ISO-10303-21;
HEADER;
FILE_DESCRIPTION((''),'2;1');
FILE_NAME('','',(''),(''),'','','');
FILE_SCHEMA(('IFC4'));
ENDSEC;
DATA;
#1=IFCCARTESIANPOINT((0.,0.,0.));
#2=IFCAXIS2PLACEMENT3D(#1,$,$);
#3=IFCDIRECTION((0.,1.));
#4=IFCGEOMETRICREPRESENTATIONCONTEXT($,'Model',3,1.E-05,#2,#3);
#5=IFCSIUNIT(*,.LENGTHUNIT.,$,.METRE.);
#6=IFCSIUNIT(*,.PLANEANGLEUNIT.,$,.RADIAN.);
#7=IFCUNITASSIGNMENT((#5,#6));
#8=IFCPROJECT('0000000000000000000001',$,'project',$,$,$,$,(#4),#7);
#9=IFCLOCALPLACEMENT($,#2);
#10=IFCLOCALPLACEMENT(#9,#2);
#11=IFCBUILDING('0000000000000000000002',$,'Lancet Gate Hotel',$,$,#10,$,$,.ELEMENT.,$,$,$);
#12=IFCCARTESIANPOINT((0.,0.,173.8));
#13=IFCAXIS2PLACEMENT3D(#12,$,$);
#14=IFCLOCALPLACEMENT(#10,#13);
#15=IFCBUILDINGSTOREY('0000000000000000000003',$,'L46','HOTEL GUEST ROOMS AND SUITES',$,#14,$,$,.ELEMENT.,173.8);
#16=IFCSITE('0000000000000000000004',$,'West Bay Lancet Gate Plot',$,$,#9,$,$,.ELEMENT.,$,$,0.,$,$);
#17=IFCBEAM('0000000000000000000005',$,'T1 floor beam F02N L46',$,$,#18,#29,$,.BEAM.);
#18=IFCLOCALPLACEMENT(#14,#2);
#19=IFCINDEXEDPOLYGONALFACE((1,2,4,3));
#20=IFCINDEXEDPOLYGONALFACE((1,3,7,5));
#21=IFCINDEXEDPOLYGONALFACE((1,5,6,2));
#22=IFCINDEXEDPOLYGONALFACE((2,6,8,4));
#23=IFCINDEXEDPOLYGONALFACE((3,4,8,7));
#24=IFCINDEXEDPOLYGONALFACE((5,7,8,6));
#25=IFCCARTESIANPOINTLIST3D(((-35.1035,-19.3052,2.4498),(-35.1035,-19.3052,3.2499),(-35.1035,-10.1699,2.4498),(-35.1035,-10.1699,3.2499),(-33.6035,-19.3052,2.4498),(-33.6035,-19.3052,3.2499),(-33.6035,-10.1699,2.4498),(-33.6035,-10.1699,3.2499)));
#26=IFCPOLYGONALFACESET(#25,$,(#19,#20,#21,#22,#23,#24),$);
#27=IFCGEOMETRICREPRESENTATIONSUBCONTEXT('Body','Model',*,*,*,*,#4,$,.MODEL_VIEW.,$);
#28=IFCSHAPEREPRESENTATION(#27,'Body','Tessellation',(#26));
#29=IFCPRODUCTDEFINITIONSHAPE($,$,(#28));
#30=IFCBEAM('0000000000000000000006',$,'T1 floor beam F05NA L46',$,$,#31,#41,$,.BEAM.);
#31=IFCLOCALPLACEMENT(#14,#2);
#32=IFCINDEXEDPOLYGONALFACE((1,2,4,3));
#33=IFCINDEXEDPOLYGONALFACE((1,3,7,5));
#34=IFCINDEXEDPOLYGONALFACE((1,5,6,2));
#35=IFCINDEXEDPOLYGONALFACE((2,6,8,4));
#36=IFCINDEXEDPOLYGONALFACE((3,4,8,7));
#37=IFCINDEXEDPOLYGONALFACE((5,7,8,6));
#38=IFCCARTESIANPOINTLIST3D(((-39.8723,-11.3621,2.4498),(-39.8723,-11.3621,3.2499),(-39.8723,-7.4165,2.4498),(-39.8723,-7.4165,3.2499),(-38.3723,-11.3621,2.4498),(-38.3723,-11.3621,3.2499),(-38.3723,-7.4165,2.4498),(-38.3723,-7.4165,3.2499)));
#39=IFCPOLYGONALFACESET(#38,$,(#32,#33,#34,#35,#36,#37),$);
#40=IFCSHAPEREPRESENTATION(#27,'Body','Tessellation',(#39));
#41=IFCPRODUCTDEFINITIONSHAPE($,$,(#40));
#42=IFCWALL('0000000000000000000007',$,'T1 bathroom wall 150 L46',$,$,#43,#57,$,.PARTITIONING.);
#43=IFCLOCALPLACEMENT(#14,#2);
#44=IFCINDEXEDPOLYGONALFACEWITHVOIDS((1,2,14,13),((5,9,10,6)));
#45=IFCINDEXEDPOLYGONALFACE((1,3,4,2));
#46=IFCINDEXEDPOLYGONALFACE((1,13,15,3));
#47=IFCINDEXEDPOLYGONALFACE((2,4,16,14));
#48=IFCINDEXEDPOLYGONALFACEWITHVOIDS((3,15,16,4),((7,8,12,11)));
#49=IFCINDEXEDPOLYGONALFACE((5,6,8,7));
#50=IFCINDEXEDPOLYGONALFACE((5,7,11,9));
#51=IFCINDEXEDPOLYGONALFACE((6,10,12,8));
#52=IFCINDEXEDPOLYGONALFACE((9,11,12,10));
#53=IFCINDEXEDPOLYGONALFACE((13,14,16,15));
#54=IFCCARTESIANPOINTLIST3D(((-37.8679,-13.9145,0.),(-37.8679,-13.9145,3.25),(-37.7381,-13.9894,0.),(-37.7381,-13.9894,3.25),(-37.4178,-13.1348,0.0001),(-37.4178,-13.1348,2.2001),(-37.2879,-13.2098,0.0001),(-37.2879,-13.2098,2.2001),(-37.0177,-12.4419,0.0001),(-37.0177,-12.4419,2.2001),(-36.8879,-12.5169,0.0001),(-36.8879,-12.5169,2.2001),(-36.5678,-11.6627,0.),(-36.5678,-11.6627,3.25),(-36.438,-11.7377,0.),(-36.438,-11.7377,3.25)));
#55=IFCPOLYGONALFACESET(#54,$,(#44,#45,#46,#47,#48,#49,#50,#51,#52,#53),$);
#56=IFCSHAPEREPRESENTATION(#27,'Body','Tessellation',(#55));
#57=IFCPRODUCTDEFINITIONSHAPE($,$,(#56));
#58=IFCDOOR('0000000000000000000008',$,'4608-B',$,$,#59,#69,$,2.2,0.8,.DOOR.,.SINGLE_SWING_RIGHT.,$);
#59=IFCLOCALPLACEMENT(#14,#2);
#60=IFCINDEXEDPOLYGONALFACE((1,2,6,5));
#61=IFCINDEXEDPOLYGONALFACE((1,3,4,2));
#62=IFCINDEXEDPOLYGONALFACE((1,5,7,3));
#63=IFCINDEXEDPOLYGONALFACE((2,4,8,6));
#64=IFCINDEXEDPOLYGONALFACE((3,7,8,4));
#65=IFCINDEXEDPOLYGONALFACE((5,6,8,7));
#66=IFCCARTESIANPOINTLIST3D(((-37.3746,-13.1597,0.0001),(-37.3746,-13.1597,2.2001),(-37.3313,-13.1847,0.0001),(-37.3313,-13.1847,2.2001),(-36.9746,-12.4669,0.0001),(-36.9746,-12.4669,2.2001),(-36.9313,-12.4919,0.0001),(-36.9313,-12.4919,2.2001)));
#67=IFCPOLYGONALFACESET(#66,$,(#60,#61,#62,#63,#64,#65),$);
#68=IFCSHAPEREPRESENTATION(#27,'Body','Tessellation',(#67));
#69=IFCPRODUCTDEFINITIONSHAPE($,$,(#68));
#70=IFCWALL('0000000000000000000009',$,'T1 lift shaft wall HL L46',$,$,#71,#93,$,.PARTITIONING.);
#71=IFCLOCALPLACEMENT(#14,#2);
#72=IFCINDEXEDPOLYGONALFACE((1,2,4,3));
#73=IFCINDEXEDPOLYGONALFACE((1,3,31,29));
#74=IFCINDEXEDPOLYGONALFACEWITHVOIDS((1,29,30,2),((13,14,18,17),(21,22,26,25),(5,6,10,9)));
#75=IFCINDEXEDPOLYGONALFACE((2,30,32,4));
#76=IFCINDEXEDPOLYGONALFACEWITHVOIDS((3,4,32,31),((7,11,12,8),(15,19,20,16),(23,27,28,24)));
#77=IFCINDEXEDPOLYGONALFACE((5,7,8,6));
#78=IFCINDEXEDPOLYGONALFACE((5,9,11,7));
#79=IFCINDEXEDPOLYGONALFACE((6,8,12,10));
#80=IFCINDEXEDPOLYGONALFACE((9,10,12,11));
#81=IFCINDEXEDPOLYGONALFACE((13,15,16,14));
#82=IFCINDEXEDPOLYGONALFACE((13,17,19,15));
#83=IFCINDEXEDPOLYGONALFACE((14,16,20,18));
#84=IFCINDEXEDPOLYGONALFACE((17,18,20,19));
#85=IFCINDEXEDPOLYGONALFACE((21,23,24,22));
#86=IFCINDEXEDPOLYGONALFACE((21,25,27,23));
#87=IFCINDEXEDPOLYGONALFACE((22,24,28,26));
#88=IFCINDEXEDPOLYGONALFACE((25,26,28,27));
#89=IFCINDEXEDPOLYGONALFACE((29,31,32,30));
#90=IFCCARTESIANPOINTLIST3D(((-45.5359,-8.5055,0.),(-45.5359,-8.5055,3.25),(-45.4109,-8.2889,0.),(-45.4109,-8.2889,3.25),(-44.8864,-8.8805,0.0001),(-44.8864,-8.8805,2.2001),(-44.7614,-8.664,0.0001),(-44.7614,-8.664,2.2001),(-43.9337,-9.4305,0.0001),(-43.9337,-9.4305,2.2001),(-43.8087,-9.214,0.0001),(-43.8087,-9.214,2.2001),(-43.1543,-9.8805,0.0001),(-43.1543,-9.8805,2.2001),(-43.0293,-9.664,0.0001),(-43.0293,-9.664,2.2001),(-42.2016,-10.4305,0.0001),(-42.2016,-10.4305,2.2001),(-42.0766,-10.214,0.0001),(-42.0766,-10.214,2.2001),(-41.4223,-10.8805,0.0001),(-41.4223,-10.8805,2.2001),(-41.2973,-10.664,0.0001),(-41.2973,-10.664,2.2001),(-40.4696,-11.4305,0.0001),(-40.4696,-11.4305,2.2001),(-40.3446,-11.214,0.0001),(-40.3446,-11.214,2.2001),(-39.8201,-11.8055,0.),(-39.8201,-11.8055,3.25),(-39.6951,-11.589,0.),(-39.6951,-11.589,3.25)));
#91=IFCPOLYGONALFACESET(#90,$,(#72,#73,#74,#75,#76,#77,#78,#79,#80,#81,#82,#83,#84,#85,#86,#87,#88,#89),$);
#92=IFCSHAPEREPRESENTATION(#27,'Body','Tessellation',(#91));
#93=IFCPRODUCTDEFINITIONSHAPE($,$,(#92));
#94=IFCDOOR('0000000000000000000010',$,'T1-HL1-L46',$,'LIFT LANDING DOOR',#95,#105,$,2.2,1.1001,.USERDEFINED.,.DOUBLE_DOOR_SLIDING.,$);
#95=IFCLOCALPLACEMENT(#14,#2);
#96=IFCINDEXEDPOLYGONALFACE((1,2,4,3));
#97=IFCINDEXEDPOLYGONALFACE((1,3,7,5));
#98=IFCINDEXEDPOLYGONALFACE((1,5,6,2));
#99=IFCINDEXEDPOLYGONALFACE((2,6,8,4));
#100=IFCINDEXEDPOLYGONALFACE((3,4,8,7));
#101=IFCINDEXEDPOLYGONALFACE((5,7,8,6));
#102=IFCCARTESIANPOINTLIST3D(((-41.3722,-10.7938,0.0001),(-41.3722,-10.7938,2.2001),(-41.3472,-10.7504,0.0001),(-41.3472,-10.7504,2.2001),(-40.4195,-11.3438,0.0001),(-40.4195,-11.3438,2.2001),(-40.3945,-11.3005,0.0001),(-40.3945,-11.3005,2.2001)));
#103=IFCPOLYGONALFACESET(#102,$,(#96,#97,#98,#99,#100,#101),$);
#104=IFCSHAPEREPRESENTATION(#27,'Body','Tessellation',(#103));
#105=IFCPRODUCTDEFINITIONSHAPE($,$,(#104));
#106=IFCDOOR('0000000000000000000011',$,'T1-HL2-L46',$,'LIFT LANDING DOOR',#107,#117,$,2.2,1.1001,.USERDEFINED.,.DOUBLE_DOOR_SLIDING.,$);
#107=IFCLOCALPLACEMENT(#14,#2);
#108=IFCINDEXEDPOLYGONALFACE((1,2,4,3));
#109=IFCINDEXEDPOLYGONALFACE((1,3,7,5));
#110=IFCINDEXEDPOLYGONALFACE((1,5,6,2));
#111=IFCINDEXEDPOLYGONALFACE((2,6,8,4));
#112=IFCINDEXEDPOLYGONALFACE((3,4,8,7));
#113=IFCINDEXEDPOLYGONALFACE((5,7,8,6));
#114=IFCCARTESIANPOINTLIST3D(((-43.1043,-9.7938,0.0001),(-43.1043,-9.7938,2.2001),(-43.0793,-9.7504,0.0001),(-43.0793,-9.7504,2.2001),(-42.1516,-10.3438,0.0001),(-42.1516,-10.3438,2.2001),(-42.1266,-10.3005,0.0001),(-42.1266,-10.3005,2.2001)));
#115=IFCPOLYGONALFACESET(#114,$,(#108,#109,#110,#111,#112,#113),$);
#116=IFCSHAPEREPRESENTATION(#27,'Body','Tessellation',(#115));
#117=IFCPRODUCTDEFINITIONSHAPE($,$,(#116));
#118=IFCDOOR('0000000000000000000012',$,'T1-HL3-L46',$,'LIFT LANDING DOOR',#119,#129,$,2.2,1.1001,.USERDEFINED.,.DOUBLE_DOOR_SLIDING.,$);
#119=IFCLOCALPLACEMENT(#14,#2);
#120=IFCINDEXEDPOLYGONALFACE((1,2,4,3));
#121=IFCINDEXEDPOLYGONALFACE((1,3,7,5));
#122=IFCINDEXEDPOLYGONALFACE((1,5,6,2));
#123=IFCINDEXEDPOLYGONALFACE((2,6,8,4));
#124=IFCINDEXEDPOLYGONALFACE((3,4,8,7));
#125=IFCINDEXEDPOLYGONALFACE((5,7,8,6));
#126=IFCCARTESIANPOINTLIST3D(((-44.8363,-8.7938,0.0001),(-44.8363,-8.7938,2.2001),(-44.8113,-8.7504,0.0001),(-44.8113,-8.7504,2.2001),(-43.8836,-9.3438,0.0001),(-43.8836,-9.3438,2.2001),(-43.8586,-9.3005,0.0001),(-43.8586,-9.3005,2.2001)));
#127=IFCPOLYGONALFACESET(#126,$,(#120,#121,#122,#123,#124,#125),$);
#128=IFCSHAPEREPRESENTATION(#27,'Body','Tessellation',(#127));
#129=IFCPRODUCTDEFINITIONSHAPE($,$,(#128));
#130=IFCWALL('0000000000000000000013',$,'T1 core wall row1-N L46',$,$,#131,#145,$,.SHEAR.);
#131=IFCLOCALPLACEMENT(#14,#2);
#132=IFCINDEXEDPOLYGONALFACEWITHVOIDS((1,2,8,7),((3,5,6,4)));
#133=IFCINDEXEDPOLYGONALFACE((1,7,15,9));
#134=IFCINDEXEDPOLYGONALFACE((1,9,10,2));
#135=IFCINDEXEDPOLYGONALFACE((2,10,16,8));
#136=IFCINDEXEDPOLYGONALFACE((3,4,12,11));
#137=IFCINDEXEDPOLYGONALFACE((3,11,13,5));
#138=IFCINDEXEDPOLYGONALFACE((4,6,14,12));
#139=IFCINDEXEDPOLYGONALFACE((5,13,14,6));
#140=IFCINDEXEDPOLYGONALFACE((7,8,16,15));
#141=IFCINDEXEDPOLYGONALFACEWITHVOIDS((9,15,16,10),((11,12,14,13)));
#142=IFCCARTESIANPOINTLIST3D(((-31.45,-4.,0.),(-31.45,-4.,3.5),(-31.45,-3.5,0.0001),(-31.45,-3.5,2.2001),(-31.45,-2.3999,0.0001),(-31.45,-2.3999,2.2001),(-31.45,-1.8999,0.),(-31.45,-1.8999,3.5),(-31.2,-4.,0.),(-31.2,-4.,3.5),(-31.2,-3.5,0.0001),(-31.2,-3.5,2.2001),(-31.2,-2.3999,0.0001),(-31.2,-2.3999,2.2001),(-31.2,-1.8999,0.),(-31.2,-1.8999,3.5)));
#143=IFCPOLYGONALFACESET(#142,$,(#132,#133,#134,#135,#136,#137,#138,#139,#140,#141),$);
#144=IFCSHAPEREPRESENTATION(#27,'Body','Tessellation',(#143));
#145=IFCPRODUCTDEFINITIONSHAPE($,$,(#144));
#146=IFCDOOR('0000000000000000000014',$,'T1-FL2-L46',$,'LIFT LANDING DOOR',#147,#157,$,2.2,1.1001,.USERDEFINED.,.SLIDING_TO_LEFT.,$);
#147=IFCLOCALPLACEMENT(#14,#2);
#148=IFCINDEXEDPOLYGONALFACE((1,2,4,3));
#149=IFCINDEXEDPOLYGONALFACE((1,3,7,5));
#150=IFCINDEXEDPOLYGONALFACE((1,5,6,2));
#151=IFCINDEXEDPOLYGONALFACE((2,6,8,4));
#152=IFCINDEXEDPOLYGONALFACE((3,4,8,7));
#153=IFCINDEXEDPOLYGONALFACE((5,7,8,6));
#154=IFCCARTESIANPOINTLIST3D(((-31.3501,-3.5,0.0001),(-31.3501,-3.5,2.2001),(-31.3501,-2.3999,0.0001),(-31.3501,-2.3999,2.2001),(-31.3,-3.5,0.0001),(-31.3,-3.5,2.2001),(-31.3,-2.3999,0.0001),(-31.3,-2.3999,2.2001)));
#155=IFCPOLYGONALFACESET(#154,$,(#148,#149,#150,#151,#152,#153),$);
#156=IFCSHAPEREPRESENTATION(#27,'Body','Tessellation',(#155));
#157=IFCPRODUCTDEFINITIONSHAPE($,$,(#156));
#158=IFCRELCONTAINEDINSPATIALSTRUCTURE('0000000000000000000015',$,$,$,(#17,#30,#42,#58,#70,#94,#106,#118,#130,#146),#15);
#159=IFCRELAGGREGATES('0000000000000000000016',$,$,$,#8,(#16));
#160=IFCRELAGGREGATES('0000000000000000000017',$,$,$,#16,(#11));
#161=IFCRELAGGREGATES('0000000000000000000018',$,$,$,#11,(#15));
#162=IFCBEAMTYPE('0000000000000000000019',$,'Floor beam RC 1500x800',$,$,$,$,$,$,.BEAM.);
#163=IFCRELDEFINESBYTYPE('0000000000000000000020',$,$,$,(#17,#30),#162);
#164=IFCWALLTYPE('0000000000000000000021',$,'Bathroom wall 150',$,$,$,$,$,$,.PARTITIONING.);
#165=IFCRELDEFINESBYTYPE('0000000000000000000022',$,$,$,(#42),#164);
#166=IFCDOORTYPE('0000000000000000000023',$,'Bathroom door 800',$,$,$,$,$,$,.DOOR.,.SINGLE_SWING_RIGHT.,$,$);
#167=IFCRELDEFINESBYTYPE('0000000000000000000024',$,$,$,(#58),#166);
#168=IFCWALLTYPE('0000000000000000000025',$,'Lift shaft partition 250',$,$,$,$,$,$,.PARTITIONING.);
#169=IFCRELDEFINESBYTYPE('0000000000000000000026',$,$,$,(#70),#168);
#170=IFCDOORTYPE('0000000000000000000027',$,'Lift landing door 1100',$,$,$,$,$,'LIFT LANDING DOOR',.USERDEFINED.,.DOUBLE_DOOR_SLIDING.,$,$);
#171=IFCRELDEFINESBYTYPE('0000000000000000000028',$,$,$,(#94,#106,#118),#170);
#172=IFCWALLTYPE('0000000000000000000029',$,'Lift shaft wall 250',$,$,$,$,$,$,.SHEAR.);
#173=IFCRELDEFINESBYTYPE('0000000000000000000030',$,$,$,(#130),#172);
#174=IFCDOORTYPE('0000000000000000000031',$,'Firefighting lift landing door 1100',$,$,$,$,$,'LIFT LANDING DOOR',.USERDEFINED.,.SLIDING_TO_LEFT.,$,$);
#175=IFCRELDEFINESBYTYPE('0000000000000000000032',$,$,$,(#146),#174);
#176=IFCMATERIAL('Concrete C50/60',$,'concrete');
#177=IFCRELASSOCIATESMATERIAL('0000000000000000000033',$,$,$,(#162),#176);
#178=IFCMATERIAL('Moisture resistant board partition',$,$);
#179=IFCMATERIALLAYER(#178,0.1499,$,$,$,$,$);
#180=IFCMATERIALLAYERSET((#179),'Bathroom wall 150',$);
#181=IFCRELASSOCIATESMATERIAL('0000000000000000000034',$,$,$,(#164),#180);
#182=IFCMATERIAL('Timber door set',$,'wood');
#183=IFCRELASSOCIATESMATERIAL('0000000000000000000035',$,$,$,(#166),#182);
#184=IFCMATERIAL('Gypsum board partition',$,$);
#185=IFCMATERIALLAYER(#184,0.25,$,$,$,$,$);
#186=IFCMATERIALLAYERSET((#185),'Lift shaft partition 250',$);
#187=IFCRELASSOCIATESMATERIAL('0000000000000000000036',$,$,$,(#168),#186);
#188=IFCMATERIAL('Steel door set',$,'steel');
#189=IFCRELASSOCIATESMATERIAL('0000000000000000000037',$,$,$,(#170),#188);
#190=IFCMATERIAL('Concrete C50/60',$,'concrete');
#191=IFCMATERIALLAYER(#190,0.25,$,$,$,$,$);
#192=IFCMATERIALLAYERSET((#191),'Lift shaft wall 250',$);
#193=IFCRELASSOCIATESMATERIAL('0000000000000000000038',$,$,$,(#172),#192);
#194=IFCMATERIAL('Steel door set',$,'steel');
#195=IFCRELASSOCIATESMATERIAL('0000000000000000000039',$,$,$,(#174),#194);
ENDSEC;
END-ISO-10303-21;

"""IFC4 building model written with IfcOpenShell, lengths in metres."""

from ifc_helpers import new_model, si_unit, direction, frame, frame_2d, origin, origin_2d, place, context, subcontext, project, spatial, rectangle, extrude, material, layer, layer_set, material_profile, profile_set, type_object, element, fill, save


model = new_model("IFC4")

# Units and contexts
model_context = context("Model", 3, precision=1e-05, world=origin(), true_north=direction((0.0, 1.0)))
body_context = subcontext(model_context, "Body", "Model", "MODEL_VIEW")
ifc_project = project(units=[si_unit("LENGTHUNIT", "METRE"), si_unit("PLANEANGLEUNIT", "RADIAN")], contexts=[model_context])

# Site, building, storey
site_placement = place(None, origin())
site = spatial("IfcSite", under=ifc_project, at=site_placement, Name="West Bay Lancet Gate Plot", CompositionType="ELEMENT", RefElevation=0.0)
building_placement = place(site_placement, origin())
building = spatial("IfcBuilding", under=site, at=building_placement, Name="Lancet Gate Hotel", CompositionType="ELEMENT")
storey_placement = place(building_placement, frame((0.0, 0.0, 173.8)))
storey = spatial("IfcBuildingStorey", under=building, at=storey_placement, Name="L46", Description="HOTEL GUEST ROOMS AND SUITES", CompositionType="ELEMENT", Elevation=173.8)

# Beams
ifc_material_1 = material(Name="Concrete C50/60", Category="concrete")
ifc_material_profile = material_profile(ifc_material_1, rectangle(XDim=1.5, YDim=0.8, at=origin_2d()), Name="RC 1500x800")
ifc_profile_set = profile_set([ifc_material_profile], Name="Concrete C50/60")
beam_type = type_object("IfcBeamType", Name="Floor beam RC 1500x800", PredefinedType="BEAM", material=ifc_profile_set)
beam_1_placement = place(storey_placement, frame((-34.3535, -10.1699, 2.8499), z_axis=(0.0, -1.0, 0.0), x_axis=(1.0, 0.0, 0.0)))
element("IfcBeam", 1, at=beam_1_placement, inside=storey, type_object=beam_type, Name="T1 floor beam F02N L46", PredefinedType="BEAM", context=body_context, shape_type="SweptSolid", body=[
    extrude(rectangle(XDim=1.5, YDim=0.8, at=origin_2d()), origin(), (0.0, 0.0, 1.0), 9.1353),
])
beam_2_placement = place(storey_placement, frame((-39.1223, -7.4165, 2.8499), z_axis=(0.0, -1.0, 0.0), x_axis=(1.0, 0.0, 0.0)))
element("IfcBeam", 2, at=beam_2_placement, inside=storey, type_object=beam_type, Name="T1 floor beam F05NA L46", PredefinedType="BEAM", context=body_context, shape_type="SweptSolid", body=[
    extrude(rectangle(XDim=1.5, YDim=0.8, at=origin_2d()), origin(), (0.0, 0.0, 1.0), 3.9456),
])

# Wall, opening, door
ifc_material_2 = material(Name="Moisture resistant board partition")
ifc_layer_1 = layer(ifc_material_2, 0.1499)
ifc_layer_set_1 = layer_set([ifc_layer_1], Name="Bathroom wall 150")
wall_type_1 = type_object("IfcWallType", Name="Bathroom wall 150", PredefinedType="PARTITIONING", material=ifc_layer_set_1)
wall_1_placement = place(storey_placement, frame((-36.5029, -11.7002, 0.0), z_axis=(0.0, 0.0, 1.0), x_axis=(-0.500007, -0.866021, 0.0)))
wall_1 = element("IfcWall", 3, at=wall_1_placement, inside=storey, type_object=wall_type_1, Name="T1 bathroom wall 150 L46", PredefinedType="PARTITIONING", context=body_context, shape_type="SweptSolid", body=[
    extrude(rectangle(XDim=2.6001, YDim=0.1499, at=frame_2d((1.3, 0.0))), origin(), (0.0, 0.0, 1.0), 3.25),
])
opening_1_placement = place(wall_1_placement, frame((0.8999, 0.0, 0.0)))
opening_1 = element("IfcOpeningElement", 4, at=opening_1_placement, cuts=wall_1, PredefinedType="OPENING", context=body_context, shape_type="SweptSolid", body=[
    extrude(rectangle(XDim=0.8, YDim=2.2, at=frame_2d((0.3999, 1.1001))), frame((0.0, 0.085, 0.0), z_axis=(0.0, -1.0, 0.0), x_axis=(1.0, 0.0, 0.0)), (0.0, 0.0, 1.0), 0.1699),
])
ifc_material_3 = material(Name="Timber door set", Category="wood")
door_type_1 = type_object("IfcDoorType", Name="Bathroom door 800", OperationType="SINGLE_SWING_RIGHT", PredefinedType="DOOR", material=ifc_material_3)
door_1_placement = place(opening_1_placement, origin())
door_1 = element("IfcDoor", 5, at=door_1_placement, inside=storey, type_object=door_type_1, Name="4608-B", OperationType="SINGLE_SWING_RIGHT", OverallHeight=2.2, OverallWidth=0.8, PredefinedType="DOOR", context=body_context, shape_type="SweptSolid", body=[
    extrude(rectangle(XDim=0.8, YDim=2.2, at=frame_2d((0.3999, 1.1001))), frame((0.0, 0.0249, 0.0), z_axis=(0.0, -1.0, 0.0), x_axis=(1.0, 0.0, 0.0)), (0.0, 0.0, 1.0), 0.05),
])
fill(opening_1, door_1)

# Wall, openings, doors
ifc_material_4 = material(Name="Gypsum board partition")
ifc_layer_2 = layer(ifc_material_4, 0.25)
ifc_layer_set_2 = layer_set([ifc_layer_2], Name="Lift shaft partition 250")
wall_type_2 = type_object("IfcWallType", Name="Lift shaft partition 250", PredefinedType="PARTITIONING", material=ifc_layer_set_2)
wall_2_placement = place(storey_placement, frame((-39.7576, -11.6973, 0.0), z_axis=(0.0, 0.0, 1.0), x_axis=(-0.866024, 0.500002, 0.0)))
wall_2 = element("IfcWall", 6, at=wall_2_placement, inside=storey, type_object=wall_type_2, Name="T1 lift shaft wall HL L46", PredefinedType="PARTITIONING", context=body_context, shape_type="SweptSolid", body=[
    extrude(rectangle(XDim=6.6001, YDim=0.25, at=frame_2d((3.3, 0.0))), origin(), (0.0, 0.0, 1.0), 3.25),
])
opening_2_placement = place(wall_2_placement, frame((0.75, 0.0, 0.0)))
opening_2 = element("IfcOpeningElement", 7, at=opening_2_placement, cuts=wall_2, PredefinedType="OPENING", context=body_context, shape_type="SweptSolid", body=[
    extrude(rectangle(XDim=1.1001, YDim=2.2, at=frame_2d((0.55, 1.1001))), frame((0.0, 0.135, 0.0), z_axis=(0.0, -1.0, 0.0), x_axis=(1.0, 0.0, 0.0)), (0.0, 0.0, 1.0), 0.27),
])
opening_3_placement = place(wall_2_placement, frame((2.75, 0.0, 0.0)))
opening_3 = element("IfcOpeningElement", 8, at=opening_3_placement, cuts=wall_2, PredefinedType="OPENING", context=body_context, shape_type="SweptSolid", body=[
    extrude(rectangle(XDim=1.1001, YDim=2.2, at=frame_2d((0.55, 1.1001))), frame((0.0, 0.135, 0.0), z_axis=(0.0, -1.0, 0.0), x_axis=(1.0, 0.0, 0.0)), (0.0, 0.0, 1.0), 0.27),
])
opening_4_placement = place(wall_2_placement, frame((4.75, 0.0, 0.0)))
opening_4 = element("IfcOpeningElement", 9, at=opening_4_placement, cuts=wall_2, PredefinedType="OPENING", context=body_context, shape_type="SweptSolid", body=[
    extrude(rectangle(XDim=1.1001, YDim=2.2, at=frame_2d((0.55, 1.1001))), frame((0.0, 0.135, 0.0), z_axis=(0.0, -1.0, 0.0), x_axis=(1.0, 0.0, 0.0)), (0.0, 0.0, 1.0), 0.27),
])
ifc_material_5 = material(Name="Steel door set", Category="steel")
door_type_2 = type_object("IfcDoorType", Name="Lift landing door 1100", ElementType="LIFT LANDING DOOR", OperationType="DOUBLE_DOOR_SLIDING", PredefinedType="USERDEFINED", material=ifc_material_5)
door_2_placement = place(opening_2_placement, origin())
door_2 = element("IfcDoor", 10, at=door_2_placement, inside=storey, type_object=door_type_2, Name="T1-HL1-L46", ObjectType="LIFT LANDING DOOR", OperationType="DOUBLE_DOOR_SLIDING", OverallHeight=2.2, OverallWidth=1.1001, PredefinedType="USERDEFINED", context=body_context, shape_type="SweptSolid", body=[
    extrude(rectangle(XDim=1.1001, YDim=2.2, at=frame_2d((0.55, 1.1001))), frame((0.0, 0.0249, 0.0), z_axis=(0.0, -1.0, 0.0), x_axis=(1.0, 0.0, 0.0)), (0.0, 0.0, 1.0), 0.05),
])
fill(opening_2, door_2)
door_3_placement = place(opening_3_placement, origin())
door_3 = element("IfcDoor", 11, at=door_3_placement, inside=storey, type_object=door_type_2, Name="T1-HL2-L46", ObjectType="LIFT LANDING DOOR", OperationType="DOUBLE_DOOR_SLIDING", OverallHeight=2.2, OverallWidth=1.1001, PredefinedType="USERDEFINED", context=body_context, shape_type="SweptSolid", body=[
    extrude(rectangle(XDim=1.1001, YDim=2.2, at=frame_2d((0.55, 1.1001))), frame((0.0, 0.0249, 0.0), z_axis=(0.0, -1.0, 0.0), x_axis=(1.0, 0.0, 0.0)), (0.0, 0.0, 1.0), 0.05),
])
fill(opening_3, door_3)
door_4_placement = place(opening_4_placement, origin())
door_4 = element("IfcDoor", 12, at=door_4_placement, inside=storey, type_object=door_type_2, Name="T1-HL3-L46", ObjectType="LIFT LANDING DOOR", OperationType="DOUBLE_DOOR_SLIDING", OverallHeight=2.2, OverallWidth=1.1001, PredefinedType="USERDEFINED", context=body_context, shape_type="SweptSolid", body=[
    extrude(rectangle(XDim=1.1001, YDim=2.2, at=frame_2d((0.55, 1.1001))), frame((0.0, 0.0249, 0.0), z_axis=(0.0, -1.0, 0.0), x_axis=(1.0, 0.0, 0.0)), (0.0, 0.0, 1.0), 0.05),
])
fill(opening_4, door_4)

# Wall, opening, door
ifc_material_6 = material(Name="Concrete C50/60", Category="concrete")
ifc_layer_3 = layer(ifc_material_6, 0.25)
ifc_layer_set_3 = layer_set([ifc_layer_3], Name="Lift shaft wall 250")
wall_type_3 = type_object("IfcWallType", Name="Lift shaft wall 250", PredefinedType="SHEAR", material=ifc_layer_set_3)
wall_3_placement = place(storey_placement, frame((-31.325, -1.8999, 0.0), z_axis=(0.0, 0.0, 1.0), x_axis=(0.0, -1.0, 0.0)))
wall_3 = element("IfcWall", 13, at=wall_3_placement, inside=storey, type_object=wall_type_3, Name="T1 core wall row1-N L46", PredefinedType="SHEAR", context=body_context, shape_type="SweptSolid", body=[
    extrude(rectangle(XDim=2.1001, YDim=0.25, at=frame_2d((1.05, 0.0))), origin(), (0.0, 0.0, 1.0), 3.5),
])
opening_5_placement = place(wall_3_placement, frame((0.5, 0.0, 0.0)))
opening_5 = element("IfcOpeningElement", 14, at=opening_5_placement, cuts=wall_3, PredefinedType="OPENING", context=body_context, shape_type="SweptSolid", body=[
    extrude(rectangle(XDim=1.1001, YDim=2.2, at=frame_2d((0.55, 1.1001))), frame((0.0, 0.135, 0.0), z_axis=(0.0, -1.0, 0.0), x_axis=(1.0, 0.0, 0.0)), (0.0, 0.0, 1.0), 0.27),
])
ifc_material_7 = material(Name="Steel door set", Category="steel")
door_type_3 = type_object("IfcDoorType", Name="Firefighting lift landing door 1100", ElementType="LIFT LANDING DOOR", OperationType="SLIDING_TO_LEFT", PredefinedType="USERDEFINED", material=ifc_material_7)
door_5_placement = place(opening_5_placement, origin())
door_5 = element("IfcDoor", 15, at=door_5_placement, inside=storey, type_object=door_type_3, Name="T1-FL2-L46", ObjectType="LIFT LANDING DOOR", OperationType="SLIDING_TO_LEFT", OverallHeight=2.2, OverallWidth=1.1001, PredefinedType="USERDEFINED", context=body_context, shape_type="SweptSolid", body=[
    extrude(rectangle(XDim=1.1001, YDim=2.2, at=frame_2d((0.55, 1.1001))), frame((0.0, 0.0249, 0.0), z_axis=(0.0, -1.0, 0.0), x_axis=(1.0, 0.0, 0.0)), (0.0, 0.0, 1.0), 0.05),
])
fill(opening_5, door_5)

save(model, "model.ifc")
